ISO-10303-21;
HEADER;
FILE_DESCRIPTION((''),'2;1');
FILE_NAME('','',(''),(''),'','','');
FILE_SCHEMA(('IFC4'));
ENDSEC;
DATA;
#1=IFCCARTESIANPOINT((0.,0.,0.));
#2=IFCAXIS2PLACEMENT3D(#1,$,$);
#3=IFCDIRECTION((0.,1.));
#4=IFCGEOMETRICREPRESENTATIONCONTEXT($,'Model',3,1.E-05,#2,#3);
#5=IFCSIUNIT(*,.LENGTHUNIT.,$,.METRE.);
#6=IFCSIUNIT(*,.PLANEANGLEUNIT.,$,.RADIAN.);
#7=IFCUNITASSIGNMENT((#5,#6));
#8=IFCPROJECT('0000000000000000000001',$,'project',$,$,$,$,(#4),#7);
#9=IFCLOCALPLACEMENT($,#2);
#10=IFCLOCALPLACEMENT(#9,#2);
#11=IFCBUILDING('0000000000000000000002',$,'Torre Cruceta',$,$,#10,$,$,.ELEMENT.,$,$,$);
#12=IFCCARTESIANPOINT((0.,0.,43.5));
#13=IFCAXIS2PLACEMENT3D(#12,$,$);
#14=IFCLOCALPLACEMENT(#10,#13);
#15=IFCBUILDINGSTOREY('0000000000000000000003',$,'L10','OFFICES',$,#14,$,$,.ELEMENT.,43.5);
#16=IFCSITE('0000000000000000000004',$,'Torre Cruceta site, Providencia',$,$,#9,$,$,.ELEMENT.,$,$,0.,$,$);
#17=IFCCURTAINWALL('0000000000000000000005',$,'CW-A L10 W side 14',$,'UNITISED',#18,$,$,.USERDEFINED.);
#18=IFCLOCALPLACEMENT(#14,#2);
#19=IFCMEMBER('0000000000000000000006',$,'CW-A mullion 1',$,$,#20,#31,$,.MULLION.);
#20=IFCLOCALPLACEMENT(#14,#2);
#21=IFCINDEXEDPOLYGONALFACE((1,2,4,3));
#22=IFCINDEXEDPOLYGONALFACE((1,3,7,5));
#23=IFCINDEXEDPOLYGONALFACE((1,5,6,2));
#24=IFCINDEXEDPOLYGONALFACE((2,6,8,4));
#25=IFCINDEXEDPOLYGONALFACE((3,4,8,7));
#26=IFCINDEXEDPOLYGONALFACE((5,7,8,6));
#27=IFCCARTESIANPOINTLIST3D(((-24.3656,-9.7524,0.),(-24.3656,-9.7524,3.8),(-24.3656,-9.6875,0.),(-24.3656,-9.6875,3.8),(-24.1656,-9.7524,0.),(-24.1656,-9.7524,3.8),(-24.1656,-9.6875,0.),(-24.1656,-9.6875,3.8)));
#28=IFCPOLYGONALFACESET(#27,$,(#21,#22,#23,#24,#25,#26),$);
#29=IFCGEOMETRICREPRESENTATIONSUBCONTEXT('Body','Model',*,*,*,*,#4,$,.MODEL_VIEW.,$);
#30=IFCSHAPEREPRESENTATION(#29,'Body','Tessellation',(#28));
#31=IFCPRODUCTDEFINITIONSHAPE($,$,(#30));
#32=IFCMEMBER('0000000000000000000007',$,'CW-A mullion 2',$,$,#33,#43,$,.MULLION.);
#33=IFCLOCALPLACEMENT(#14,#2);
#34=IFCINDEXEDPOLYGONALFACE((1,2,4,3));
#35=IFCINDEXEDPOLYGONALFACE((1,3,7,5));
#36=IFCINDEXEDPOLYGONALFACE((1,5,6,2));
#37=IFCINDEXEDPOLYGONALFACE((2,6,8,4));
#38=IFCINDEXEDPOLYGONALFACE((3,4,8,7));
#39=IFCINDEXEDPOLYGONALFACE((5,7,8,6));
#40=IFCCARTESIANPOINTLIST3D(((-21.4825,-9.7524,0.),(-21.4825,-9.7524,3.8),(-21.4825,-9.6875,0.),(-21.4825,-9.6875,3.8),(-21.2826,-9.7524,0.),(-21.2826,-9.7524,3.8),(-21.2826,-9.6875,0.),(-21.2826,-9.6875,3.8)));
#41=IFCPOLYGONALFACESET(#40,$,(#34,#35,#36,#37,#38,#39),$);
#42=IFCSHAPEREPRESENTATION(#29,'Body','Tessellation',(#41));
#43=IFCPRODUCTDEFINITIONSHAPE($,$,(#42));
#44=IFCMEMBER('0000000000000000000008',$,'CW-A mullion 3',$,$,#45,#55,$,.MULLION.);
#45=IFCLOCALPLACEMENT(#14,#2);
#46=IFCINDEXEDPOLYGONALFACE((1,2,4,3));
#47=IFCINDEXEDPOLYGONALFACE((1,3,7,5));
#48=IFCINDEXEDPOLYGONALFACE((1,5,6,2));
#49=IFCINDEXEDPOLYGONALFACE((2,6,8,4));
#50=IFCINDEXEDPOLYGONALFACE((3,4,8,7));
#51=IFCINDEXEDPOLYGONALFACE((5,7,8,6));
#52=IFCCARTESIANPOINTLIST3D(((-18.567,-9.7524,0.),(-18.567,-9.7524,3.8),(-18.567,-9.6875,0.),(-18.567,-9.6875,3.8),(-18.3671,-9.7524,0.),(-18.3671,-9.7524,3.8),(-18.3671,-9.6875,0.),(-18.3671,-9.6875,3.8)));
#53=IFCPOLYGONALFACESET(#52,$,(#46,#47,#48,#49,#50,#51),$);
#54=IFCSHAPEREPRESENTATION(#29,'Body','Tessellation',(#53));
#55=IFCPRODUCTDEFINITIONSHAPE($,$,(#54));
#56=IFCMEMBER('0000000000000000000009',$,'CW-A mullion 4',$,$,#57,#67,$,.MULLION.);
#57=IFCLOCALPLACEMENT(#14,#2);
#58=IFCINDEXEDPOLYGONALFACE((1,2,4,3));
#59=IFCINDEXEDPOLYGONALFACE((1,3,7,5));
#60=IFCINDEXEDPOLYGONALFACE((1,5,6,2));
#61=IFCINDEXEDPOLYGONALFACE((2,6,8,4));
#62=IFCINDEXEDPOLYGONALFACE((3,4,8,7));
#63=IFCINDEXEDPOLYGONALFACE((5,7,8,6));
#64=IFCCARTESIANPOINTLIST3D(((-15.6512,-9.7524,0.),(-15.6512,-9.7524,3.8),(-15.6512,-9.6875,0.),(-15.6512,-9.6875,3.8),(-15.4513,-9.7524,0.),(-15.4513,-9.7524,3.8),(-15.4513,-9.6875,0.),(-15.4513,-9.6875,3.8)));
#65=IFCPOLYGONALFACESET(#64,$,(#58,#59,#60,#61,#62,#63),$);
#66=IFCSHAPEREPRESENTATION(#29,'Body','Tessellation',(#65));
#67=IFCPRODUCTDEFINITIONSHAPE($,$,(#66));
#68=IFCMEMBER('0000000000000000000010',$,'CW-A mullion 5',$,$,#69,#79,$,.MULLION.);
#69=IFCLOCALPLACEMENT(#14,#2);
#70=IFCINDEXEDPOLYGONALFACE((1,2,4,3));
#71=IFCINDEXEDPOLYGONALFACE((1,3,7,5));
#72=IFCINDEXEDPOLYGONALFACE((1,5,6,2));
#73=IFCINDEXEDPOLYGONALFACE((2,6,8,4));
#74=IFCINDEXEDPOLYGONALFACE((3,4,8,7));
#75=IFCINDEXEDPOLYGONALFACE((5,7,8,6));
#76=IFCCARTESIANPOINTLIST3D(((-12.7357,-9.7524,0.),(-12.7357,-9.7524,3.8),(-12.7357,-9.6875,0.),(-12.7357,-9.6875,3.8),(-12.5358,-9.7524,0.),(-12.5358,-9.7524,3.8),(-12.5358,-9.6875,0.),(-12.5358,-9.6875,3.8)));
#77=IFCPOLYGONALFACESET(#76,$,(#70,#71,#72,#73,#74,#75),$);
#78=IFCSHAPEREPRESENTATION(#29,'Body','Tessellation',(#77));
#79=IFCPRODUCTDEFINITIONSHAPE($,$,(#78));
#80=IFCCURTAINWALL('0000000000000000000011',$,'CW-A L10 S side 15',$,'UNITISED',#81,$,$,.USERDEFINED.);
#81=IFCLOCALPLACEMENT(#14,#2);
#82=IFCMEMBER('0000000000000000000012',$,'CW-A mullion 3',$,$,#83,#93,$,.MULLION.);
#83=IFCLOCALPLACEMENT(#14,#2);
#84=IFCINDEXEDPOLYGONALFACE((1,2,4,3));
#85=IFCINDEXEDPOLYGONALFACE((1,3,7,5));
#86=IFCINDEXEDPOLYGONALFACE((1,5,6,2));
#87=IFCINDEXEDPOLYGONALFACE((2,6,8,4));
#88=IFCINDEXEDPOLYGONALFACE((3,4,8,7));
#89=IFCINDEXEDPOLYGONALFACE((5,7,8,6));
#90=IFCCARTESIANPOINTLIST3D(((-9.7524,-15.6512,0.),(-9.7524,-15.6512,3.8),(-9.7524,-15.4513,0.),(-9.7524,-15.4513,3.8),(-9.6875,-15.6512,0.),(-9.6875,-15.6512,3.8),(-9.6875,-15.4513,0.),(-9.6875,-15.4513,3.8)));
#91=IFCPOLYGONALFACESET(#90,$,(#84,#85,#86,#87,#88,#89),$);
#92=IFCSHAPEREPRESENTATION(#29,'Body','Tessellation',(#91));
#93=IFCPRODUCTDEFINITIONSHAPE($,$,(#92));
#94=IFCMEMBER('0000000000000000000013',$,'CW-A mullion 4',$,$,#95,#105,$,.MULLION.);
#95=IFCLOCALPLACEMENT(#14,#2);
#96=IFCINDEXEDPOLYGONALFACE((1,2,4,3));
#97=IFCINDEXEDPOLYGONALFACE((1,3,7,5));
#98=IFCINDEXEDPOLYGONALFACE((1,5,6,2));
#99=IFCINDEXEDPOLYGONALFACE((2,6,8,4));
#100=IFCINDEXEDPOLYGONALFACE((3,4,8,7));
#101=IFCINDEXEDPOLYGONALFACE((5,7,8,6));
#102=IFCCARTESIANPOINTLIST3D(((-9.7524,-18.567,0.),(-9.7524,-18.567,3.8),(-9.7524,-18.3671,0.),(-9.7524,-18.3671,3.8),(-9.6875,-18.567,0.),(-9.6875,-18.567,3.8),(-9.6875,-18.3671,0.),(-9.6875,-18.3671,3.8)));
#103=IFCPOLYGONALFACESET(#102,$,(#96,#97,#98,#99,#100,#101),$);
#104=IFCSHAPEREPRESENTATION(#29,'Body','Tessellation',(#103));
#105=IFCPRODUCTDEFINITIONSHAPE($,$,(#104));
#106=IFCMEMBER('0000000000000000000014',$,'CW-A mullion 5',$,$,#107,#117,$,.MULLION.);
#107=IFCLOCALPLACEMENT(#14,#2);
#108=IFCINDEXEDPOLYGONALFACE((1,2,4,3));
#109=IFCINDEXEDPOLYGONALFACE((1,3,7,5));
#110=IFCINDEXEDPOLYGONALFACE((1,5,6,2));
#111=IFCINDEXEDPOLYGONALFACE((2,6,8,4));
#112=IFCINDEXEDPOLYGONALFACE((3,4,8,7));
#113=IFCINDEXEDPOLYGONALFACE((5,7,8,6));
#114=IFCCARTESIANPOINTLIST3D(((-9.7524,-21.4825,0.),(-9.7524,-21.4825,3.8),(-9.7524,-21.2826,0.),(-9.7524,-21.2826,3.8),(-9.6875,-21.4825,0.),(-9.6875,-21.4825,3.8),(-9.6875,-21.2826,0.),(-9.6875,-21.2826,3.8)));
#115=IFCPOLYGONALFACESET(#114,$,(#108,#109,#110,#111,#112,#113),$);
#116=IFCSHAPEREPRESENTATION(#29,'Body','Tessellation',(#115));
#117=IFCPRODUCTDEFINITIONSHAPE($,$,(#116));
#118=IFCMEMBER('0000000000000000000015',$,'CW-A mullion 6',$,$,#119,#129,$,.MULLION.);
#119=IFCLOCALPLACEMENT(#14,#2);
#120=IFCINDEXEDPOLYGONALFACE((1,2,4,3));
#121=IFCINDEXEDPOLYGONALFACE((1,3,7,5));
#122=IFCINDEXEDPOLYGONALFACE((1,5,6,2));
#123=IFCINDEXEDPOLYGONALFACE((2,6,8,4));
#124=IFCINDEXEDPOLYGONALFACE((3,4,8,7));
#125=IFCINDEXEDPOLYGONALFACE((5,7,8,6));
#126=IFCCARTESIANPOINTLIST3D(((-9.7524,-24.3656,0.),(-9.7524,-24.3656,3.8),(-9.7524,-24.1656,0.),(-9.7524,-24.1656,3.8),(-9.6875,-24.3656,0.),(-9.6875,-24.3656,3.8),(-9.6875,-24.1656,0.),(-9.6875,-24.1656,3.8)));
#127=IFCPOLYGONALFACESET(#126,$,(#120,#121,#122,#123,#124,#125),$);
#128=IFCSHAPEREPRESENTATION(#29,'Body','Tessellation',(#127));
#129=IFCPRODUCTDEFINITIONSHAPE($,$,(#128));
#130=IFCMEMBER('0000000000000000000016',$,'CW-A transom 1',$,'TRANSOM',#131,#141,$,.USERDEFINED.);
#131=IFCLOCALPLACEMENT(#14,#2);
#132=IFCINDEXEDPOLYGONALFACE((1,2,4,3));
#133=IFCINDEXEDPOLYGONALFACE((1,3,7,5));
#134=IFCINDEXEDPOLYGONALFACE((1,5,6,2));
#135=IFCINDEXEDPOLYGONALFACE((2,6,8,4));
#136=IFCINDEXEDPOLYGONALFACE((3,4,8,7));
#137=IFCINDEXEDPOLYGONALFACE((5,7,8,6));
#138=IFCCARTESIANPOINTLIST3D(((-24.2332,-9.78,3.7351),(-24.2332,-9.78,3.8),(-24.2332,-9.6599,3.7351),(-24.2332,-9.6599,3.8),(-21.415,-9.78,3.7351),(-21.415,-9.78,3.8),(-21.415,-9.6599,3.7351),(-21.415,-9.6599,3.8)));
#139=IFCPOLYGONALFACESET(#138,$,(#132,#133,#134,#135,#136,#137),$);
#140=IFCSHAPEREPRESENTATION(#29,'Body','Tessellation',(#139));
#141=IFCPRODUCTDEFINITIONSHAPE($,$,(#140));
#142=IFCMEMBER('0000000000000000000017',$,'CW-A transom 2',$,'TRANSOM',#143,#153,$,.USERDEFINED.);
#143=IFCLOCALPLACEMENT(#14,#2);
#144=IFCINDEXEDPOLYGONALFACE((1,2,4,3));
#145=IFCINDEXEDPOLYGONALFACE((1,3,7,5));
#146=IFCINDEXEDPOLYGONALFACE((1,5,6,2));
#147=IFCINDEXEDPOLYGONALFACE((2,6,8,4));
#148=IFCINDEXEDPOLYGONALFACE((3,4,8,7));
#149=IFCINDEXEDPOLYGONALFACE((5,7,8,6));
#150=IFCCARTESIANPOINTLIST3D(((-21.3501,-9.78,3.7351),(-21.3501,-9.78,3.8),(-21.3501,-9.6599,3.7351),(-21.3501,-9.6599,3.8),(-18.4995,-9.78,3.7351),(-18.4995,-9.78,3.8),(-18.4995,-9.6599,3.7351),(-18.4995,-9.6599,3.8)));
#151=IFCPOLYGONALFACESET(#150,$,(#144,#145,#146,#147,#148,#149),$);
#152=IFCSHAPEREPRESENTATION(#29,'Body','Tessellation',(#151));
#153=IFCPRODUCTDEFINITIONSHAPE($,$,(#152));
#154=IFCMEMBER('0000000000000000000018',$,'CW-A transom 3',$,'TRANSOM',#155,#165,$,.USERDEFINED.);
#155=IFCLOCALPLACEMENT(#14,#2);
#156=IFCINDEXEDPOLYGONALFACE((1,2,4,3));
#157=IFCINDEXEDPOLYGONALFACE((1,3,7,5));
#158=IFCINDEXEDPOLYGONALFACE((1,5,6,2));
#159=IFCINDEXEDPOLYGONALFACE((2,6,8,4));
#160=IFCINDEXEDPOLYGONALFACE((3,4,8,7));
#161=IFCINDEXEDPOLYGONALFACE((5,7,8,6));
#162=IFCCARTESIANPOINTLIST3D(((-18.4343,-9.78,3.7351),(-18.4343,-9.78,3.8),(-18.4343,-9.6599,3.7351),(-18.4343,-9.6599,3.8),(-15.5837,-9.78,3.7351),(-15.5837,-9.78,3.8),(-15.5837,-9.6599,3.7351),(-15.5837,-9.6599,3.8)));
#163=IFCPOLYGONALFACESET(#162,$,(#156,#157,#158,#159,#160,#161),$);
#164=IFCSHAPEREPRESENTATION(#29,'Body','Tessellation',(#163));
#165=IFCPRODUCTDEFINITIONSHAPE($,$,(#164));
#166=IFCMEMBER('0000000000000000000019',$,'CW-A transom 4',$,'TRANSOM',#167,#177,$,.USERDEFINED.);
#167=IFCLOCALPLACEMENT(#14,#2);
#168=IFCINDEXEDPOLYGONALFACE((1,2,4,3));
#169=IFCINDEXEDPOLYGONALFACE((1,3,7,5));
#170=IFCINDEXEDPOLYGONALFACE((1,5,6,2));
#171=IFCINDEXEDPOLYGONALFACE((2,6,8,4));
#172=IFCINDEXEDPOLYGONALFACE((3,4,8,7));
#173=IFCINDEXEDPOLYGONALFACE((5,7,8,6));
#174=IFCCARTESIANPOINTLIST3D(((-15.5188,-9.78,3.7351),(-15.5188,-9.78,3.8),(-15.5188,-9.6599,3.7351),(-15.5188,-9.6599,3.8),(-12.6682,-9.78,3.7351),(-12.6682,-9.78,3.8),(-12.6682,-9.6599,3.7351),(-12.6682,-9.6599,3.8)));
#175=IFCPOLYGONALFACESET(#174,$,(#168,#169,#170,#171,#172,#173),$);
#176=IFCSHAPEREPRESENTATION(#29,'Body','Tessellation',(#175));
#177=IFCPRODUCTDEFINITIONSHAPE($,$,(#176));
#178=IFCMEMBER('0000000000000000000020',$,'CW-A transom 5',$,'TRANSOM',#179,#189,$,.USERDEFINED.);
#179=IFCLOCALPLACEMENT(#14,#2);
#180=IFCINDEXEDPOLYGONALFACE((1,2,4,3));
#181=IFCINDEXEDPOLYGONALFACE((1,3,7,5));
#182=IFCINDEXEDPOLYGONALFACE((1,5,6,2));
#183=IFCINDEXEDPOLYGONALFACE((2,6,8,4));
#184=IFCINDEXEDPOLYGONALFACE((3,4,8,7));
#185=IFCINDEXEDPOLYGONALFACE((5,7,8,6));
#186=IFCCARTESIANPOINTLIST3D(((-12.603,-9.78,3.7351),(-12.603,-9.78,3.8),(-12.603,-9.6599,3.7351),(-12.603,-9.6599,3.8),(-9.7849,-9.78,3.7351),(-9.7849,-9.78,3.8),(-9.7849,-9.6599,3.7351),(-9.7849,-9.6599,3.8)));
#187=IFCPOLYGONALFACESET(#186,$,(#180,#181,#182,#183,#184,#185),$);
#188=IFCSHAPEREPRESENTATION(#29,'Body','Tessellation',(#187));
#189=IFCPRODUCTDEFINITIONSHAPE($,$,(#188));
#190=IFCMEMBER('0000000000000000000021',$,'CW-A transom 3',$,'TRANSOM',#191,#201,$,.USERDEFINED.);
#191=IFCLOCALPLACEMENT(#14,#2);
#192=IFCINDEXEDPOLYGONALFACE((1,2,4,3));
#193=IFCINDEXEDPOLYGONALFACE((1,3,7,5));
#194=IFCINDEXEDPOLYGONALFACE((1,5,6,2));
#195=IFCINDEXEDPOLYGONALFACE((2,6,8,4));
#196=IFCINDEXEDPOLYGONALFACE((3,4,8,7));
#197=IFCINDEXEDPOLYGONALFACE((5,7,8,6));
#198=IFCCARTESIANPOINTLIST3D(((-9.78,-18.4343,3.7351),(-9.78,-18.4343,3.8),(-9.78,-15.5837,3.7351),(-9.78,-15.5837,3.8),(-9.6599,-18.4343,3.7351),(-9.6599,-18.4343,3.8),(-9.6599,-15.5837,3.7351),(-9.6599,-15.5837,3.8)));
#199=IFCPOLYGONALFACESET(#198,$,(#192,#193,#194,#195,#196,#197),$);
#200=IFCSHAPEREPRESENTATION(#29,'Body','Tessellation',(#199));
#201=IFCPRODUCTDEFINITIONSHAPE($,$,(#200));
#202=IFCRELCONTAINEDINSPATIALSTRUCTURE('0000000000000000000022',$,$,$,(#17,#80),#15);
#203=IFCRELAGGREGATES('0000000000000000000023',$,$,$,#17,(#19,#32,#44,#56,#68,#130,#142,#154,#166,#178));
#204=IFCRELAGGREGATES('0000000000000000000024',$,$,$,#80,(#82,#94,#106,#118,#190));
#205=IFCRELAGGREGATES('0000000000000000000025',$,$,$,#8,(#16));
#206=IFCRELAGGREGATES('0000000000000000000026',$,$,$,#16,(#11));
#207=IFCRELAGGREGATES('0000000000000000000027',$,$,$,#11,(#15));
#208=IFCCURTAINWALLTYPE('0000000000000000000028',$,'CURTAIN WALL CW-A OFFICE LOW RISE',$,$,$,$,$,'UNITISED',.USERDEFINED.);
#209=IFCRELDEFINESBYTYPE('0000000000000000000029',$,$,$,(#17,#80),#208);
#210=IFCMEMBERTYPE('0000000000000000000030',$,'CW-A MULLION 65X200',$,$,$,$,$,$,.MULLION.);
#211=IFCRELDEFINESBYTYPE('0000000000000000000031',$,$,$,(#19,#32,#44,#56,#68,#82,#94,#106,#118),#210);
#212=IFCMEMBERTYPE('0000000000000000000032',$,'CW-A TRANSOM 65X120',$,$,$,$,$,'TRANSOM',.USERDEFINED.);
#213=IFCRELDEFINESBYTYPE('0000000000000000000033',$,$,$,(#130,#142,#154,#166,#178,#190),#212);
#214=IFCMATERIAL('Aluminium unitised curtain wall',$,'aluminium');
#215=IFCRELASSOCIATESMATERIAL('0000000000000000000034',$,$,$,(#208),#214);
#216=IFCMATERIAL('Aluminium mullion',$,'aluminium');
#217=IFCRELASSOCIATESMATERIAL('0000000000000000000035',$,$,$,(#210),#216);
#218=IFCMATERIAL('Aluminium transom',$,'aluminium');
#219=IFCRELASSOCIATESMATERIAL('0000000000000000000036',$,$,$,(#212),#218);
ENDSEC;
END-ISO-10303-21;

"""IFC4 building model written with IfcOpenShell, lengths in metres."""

from ifc_helpers import new_model, si_unit, direction, frame, origin, origin_2d, place, context, subcontext, project, spatial, rectangle, extrude, material, material_profile, profile_set, type_object, element, aggregate, save


model = new_model("IFC4")

# Units and contexts
model_context = context("Model", 3, precision=1e-05, world=origin(), true_north=direction((0.0, 1.0)))
body_context = subcontext(model_context, "Body", "Model", "MODEL_VIEW")
ifc_project = project(units=[si_unit("LENGTHUNIT", "METRE"), si_unit("PLANEANGLEUNIT", "RADIAN")], contexts=[model_context])

# Site, building, storey
site_placement = place(None, origin())
site = spatial("IfcSite", under=ifc_project, at=site_placement, Name="Torre Cruceta site, Providencia", CompositionType="ELEMENT", RefElevation=0.0)
building_placement = place(site_placement, origin())
building = spatial("IfcBuilding", under=site, at=building_placement, Name="Torre Cruceta", CompositionType="ELEMENT")
storey_placement = place(building_placement, frame((0.0, 0.0, 43.5)))
storey = spatial("IfcBuildingStorey", under=building, at=storey_placement, Name="L10", Description="OFFICES", CompositionType="ELEMENT", Elevation=43.5)

# Curtain walls, members
ifc_material_1 = material(Name="Aluminium unitised curtain wall", Category="aluminium")
curtain_wall_type = type_object("IfcCurtainWallType", Name="CURTAIN WALL CW-A OFFICE LOW RISE", ElementType="UNITISED", PredefinedType="USERDEFINED", material=ifc_material_1)
curtain_wall_1_placement = place(storey_placement, origin())
curtain_wall_1 = element("IfcCurtainWall", 1, at=curtain_wall_1_placement, inside=storey, type_object=curtain_wall_type, Name="CW-A L10 W side 14", ObjectType="UNITISED", PredefinedType="USERDEFINED")
ifc_material_2 = material(Name="Aluminium mullion", Category="aluminium")
ifc_material_profile_1 = material_profile(ifc_material_2, rectangle(XDim=0.0649, YDim=0.2, at=origin_2d()), Name="AL 65X200")
ifc_profile_set_1 = profile_set([ifc_material_profile_1], Name="Aluminium mullion")
member_type_1 = type_object("IfcMemberType", Name="CW-A MULLION 65X200", PredefinedType="MULLION", material=ifc_profile_set_1)
member_1_placement = place(storey_placement, frame((-24.2656, -9.72, 0.0), z_axis=(0.0, 0.0, 1.0), x_axis=(0.0, 1.0, 0.0)))
member_1 = element("IfcMember", 2, at=member_1_placement, type_object=member_type_1, Name="CW-A mullion 1", PredefinedType="MULLION", context=body_context, shape_type="SweptSolid", body=[
    extrude(rectangle(XDim=0.0649, YDim=0.2, at=origin_2d()), origin(), (0.0, 0.0, 1.0), 3.8),
])
member_2_placement = place(storey_placement, frame((-21.3826, -9.72, 0.0), z_axis=(0.0, 0.0, 1.0), x_axis=(0.0, 1.0, 0.0)))
member_2 = element("IfcMember", 3, at=member_2_placement, type_object=member_type_1, Name="CW-A mullion 2", PredefinedType="MULLION", context=body_context, shape_type="SweptSolid", body=[
    extrude(rectangle(XDim=0.0649, YDim=0.2, at=origin_2d()), origin(), (0.0, 0.0, 1.0), 3.8),
])
member_3_placement = place(storey_placement, frame((-18.467, -9.72, 0.0), z_axis=(0.0, 0.0, 1.0), x_axis=(0.0, 1.0, 0.0)))
member_3 = element("IfcMember", 4, at=member_3_placement, type_object=member_type_1, Name="CW-A mullion 3", PredefinedType="MULLION", context=body_context, shape_type="SweptSolid", body=[
    extrude(rectangle(XDim=0.0649, YDim=0.2, at=origin_2d()), origin(), (0.0, 0.0, 1.0), 3.8),
])
member_4_placement = place(storey_placement, frame((-15.5513, -9.72, 0.0), z_axis=(0.0, 0.0, 1.0), x_axis=(0.0, 1.0, 0.0)))
member_4 = element("IfcMember", 5, at=member_4_placement, type_object=member_type_1, Name="CW-A mullion 4", PredefinedType="MULLION", context=body_context, shape_type="SweptSolid", body=[
    extrude(rectangle(XDim=0.0649, YDim=0.2, at=origin_2d()), origin(), (0.0, 0.0, 1.0), 3.8),
])
member_5_placement = place(storey_placement, frame((-12.6357, -9.72, 0.0), z_axis=(0.0, 0.0, 1.0), x_axis=(0.0, 1.0, 0.0)))
member_5 = element("IfcMember", 6, at=member_5_placement, type_object=member_type_1, Name="CW-A mullion 5", PredefinedType="MULLION", context=body_context, shape_type="SweptSolid", body=[
    extrude(rectangle(XDim=0.0649, YDim=0.2, at=origin_2d()), origin(), (0.0, 0.0, 1.0), 3.8),
])
curtain_wall_2_placement = place(storey_placement, origin())
curtain_wall_2 = element("IfcCurtainWall", 7, at=curtain_wall_2_placement, inside=storey, type_object=curtain_wall_type, Name="CW-A L10 S side 15", ObjectType="UNITISED", PredefinedType="USERDEFINED")
member_6_placement = place(storey_placement, frame((-9.72, -15.5513, 0.0), z_axis=(0.0, 0.0, 1.0), x_axis=(1.0, 0.0, 0.0)))
member_6 = element("IfcMember", 8, at=member_6_placement, type_object=member_type_1, Name="CW-A mullion 3", PredefinedType="MULLION", context=body_context, shape_type="SweptSolid", body=[
    extrude(rectangle(XDim=0.0649, YDim=0.2, at=origin_2d()), origin(), (0.0, 0.0, 1.0), 3.8),
])
member_7_placement = place(storey_placement, frame((-9.72, -18.467, 0.0), z_axis=(0.0, 0.0, 1.0), x_axis=(1.0, 0.0, 0.0)))
member_7 = element("IfcMember", 9, at=member_7_placement, type_object=member_type_1, Name="CW-A mullion 4", PredefinedType="MULLION", context=body_context, shape_type="SweptSolid", body=[
    extrude(rectangle(XDim=0.0649, YDim=0.2, at=origin_2d()), origin(), (0.0, 0.0, 1.0), 3.8),
])
member_8_placement = place(storey_placement, frame((-9.72, -21.3826, 0.0), z_axis=(0.0, 0.0, 1.0), x_axis=(1.0, 0.0, 0.0)))
member_8 = element("IfcMember", 10, at=member_8_placement, type_object=member_type_1, Name="CW-A mullion 5", PredefinedType="MULLION", context=body_context, shape_type="SweptSolid", body=[
    extrude(rectangle(XDim=0.0649, YDim=0.2, at=origin_2d()), origin(), (0.0, 0.0, 1.0), 3.8),
])
member_9_placement = place(storey_placement, frame((-9.72, -24.2656, 0.0), z_axis=(0.0, 0.0, 1.0), x_axis=(1.0, 0.0, 0.0)))
member_9 = element("IfcMember", 11, at=member_9_placement, type_object=member_type_1, Name="CW-A mullion 6", PredefinedType="MULLION", context=body_context, shape_type="SweptSolid", body=[
    extrude(rectangle(XDim=0.0649, YDim=0.2, at=origin_2d()), origin(), (0.0, 0.0, 1.0), 3.8),
])

# Members
ifc_material_3 = material(Name="Aluminium transom", Category="aluminium")
ifc_material_profile_2 = material_profile(ifc_material_3, rectangle(XDim=0.1201, YDim=0.0649, at=origin_2d()), Name="AL 120X65")
ifc_profile_set_2 = profile_set([ifc_material_profile_2], Name="Aluminium transom")
member_type_2 = type_object("IfcMemberType", Name="CW-A TRANSOM 65X120", ElementType="TRANSOM", PredefinedType="USERDEFINED", material=ifc_profile_set_2)
member_10_placement = place(storey_placement, frame((-24.2332, -9.72, 3.7676), z_axis=(1.0, 0.0, 0.0), x_axis=(0.0, 1.0, 0.0)))
member_10 = element("IfcMember", 12, at=member_10_placement, type_object=member_type_2, Name="CW-A transom 1", ObjectType="TRANSOM", PredefinedType="USERDEFINED", context=body_context, shape_type="SweptSolid", body=[
    extrude(rectangle(XDim=0.1201, YDim=0.0649, at=origin_2d()), origin(), (0.0, 0.0, 1.0), 2.8181),
])
member_11_placement = place(storey_placement, frame((-21.3501, -9.72, 3.7676), z_axis=(1.0, 0.0, 0.0), x_axis=(0.0, 1.0, 0.0)))
member_11 = element("IfcMember", 13, at=member_11_placement, type_object=member_type_2, Name="CW-A transom 2", ObjectType="TRANSOM", PredefinedType="USERDEFINED", context=body_context, shape_type="SweptSolid", body=[
    extrude(rectangle(XDim=0.1201, YDim=0.0649, at=origin_2d()), origin(), (0.0, 0.0, 1.0), 2.8506),
])
member_12_placement = place(storey_placement, frame((-18.4343, -9.72, 3.7676), z_axis=(1.0, 0.0, 0.0), x_axis=(0.0, 1.0, 0.0)))
member_12 = element("IfcMember", 14, at=member_12_placement, type_object=member_type_2, Name="CW-A transom 3", ObjectType="TRANSOM", PredefinedType="USERDEFINED", context=body_context, shape_type="SweptSolid", body=[
    extrude(rectangle(XDim=0.1201, YDim=0.0649, at=origin_2d()), origin(), (0.0, 0.0, 1.0), 2.8506),
])
member_13_placement = place(storey_placement, frame((-15.5188, -9.72, 3.7676), z_axis=(1.0, 0.0, 0.0), x_axis=(0.0, 1.0, 0.0)))
member_13 = element("IfcMember", 15, at=member_13_placement, type_object=member_type_2, Name="CW-A transom 4", ObjectType="TRANSOM", PredefinedType="USERDEFINED", context=body_context, shape_type="SweptSolid", body=[
    extrude(rectangle(XDim=0.1201, YDim=0.0649, at=origin_2d()), origin(), (0.0, 0.0, 1.0), 2.8506),
])
member_14_placement = place(storey_placement, frame((-12.603, -9.72, 3.7676), z_axis=(1.0, 0.0, 0.0), x_axis=(0.0, 1.0, 0.0)))
member_14 = element("IfcMember", 16, at=member_14_placement, type_object=member_type_2, Name="CW-A transom 5", ObjectType="TRANSOM", PredefinedType="USERDEFINED", context=body_context, shape_type="SweptSolid", body=[
    extrude(rectangle(XDim=0.1201, YDim=0.0649, at=origin_2d()), origin(), (0.0, 0.0, 1.0), 2.8181),
])
member_15_placement = place(storey_placement, frame((-9.72, -15.5837, 3.7676), z_axis=(0.0, -1.0, 0.0), x_axis=(1.0, 0.0, 0.0)))
member_15 = element("IfcMember", 17, at=member_15_placement, type_object=member_type_2, Name="CW-A transom 3", ObjectType="TRANSOM", PredefinedType="USERDEFINED", context=body_context, shape_type="SweptSolid", body=[
    extrude(rectangle(XDim=0.1201, YDim=0.0649, at=origin_2d()), origin(), (0.0, 0.0, 1.0), 2.8506),
])

aggregate(curtain_wall_1, [member_1, member_2, member_3, member_4, member_5, member_10, member_11, member_12, member_13, member_14])
aggregate(curtain_wall_2, [member_6, member_7, member_8, member_9, member_15])

save(model, "model.ifc")
